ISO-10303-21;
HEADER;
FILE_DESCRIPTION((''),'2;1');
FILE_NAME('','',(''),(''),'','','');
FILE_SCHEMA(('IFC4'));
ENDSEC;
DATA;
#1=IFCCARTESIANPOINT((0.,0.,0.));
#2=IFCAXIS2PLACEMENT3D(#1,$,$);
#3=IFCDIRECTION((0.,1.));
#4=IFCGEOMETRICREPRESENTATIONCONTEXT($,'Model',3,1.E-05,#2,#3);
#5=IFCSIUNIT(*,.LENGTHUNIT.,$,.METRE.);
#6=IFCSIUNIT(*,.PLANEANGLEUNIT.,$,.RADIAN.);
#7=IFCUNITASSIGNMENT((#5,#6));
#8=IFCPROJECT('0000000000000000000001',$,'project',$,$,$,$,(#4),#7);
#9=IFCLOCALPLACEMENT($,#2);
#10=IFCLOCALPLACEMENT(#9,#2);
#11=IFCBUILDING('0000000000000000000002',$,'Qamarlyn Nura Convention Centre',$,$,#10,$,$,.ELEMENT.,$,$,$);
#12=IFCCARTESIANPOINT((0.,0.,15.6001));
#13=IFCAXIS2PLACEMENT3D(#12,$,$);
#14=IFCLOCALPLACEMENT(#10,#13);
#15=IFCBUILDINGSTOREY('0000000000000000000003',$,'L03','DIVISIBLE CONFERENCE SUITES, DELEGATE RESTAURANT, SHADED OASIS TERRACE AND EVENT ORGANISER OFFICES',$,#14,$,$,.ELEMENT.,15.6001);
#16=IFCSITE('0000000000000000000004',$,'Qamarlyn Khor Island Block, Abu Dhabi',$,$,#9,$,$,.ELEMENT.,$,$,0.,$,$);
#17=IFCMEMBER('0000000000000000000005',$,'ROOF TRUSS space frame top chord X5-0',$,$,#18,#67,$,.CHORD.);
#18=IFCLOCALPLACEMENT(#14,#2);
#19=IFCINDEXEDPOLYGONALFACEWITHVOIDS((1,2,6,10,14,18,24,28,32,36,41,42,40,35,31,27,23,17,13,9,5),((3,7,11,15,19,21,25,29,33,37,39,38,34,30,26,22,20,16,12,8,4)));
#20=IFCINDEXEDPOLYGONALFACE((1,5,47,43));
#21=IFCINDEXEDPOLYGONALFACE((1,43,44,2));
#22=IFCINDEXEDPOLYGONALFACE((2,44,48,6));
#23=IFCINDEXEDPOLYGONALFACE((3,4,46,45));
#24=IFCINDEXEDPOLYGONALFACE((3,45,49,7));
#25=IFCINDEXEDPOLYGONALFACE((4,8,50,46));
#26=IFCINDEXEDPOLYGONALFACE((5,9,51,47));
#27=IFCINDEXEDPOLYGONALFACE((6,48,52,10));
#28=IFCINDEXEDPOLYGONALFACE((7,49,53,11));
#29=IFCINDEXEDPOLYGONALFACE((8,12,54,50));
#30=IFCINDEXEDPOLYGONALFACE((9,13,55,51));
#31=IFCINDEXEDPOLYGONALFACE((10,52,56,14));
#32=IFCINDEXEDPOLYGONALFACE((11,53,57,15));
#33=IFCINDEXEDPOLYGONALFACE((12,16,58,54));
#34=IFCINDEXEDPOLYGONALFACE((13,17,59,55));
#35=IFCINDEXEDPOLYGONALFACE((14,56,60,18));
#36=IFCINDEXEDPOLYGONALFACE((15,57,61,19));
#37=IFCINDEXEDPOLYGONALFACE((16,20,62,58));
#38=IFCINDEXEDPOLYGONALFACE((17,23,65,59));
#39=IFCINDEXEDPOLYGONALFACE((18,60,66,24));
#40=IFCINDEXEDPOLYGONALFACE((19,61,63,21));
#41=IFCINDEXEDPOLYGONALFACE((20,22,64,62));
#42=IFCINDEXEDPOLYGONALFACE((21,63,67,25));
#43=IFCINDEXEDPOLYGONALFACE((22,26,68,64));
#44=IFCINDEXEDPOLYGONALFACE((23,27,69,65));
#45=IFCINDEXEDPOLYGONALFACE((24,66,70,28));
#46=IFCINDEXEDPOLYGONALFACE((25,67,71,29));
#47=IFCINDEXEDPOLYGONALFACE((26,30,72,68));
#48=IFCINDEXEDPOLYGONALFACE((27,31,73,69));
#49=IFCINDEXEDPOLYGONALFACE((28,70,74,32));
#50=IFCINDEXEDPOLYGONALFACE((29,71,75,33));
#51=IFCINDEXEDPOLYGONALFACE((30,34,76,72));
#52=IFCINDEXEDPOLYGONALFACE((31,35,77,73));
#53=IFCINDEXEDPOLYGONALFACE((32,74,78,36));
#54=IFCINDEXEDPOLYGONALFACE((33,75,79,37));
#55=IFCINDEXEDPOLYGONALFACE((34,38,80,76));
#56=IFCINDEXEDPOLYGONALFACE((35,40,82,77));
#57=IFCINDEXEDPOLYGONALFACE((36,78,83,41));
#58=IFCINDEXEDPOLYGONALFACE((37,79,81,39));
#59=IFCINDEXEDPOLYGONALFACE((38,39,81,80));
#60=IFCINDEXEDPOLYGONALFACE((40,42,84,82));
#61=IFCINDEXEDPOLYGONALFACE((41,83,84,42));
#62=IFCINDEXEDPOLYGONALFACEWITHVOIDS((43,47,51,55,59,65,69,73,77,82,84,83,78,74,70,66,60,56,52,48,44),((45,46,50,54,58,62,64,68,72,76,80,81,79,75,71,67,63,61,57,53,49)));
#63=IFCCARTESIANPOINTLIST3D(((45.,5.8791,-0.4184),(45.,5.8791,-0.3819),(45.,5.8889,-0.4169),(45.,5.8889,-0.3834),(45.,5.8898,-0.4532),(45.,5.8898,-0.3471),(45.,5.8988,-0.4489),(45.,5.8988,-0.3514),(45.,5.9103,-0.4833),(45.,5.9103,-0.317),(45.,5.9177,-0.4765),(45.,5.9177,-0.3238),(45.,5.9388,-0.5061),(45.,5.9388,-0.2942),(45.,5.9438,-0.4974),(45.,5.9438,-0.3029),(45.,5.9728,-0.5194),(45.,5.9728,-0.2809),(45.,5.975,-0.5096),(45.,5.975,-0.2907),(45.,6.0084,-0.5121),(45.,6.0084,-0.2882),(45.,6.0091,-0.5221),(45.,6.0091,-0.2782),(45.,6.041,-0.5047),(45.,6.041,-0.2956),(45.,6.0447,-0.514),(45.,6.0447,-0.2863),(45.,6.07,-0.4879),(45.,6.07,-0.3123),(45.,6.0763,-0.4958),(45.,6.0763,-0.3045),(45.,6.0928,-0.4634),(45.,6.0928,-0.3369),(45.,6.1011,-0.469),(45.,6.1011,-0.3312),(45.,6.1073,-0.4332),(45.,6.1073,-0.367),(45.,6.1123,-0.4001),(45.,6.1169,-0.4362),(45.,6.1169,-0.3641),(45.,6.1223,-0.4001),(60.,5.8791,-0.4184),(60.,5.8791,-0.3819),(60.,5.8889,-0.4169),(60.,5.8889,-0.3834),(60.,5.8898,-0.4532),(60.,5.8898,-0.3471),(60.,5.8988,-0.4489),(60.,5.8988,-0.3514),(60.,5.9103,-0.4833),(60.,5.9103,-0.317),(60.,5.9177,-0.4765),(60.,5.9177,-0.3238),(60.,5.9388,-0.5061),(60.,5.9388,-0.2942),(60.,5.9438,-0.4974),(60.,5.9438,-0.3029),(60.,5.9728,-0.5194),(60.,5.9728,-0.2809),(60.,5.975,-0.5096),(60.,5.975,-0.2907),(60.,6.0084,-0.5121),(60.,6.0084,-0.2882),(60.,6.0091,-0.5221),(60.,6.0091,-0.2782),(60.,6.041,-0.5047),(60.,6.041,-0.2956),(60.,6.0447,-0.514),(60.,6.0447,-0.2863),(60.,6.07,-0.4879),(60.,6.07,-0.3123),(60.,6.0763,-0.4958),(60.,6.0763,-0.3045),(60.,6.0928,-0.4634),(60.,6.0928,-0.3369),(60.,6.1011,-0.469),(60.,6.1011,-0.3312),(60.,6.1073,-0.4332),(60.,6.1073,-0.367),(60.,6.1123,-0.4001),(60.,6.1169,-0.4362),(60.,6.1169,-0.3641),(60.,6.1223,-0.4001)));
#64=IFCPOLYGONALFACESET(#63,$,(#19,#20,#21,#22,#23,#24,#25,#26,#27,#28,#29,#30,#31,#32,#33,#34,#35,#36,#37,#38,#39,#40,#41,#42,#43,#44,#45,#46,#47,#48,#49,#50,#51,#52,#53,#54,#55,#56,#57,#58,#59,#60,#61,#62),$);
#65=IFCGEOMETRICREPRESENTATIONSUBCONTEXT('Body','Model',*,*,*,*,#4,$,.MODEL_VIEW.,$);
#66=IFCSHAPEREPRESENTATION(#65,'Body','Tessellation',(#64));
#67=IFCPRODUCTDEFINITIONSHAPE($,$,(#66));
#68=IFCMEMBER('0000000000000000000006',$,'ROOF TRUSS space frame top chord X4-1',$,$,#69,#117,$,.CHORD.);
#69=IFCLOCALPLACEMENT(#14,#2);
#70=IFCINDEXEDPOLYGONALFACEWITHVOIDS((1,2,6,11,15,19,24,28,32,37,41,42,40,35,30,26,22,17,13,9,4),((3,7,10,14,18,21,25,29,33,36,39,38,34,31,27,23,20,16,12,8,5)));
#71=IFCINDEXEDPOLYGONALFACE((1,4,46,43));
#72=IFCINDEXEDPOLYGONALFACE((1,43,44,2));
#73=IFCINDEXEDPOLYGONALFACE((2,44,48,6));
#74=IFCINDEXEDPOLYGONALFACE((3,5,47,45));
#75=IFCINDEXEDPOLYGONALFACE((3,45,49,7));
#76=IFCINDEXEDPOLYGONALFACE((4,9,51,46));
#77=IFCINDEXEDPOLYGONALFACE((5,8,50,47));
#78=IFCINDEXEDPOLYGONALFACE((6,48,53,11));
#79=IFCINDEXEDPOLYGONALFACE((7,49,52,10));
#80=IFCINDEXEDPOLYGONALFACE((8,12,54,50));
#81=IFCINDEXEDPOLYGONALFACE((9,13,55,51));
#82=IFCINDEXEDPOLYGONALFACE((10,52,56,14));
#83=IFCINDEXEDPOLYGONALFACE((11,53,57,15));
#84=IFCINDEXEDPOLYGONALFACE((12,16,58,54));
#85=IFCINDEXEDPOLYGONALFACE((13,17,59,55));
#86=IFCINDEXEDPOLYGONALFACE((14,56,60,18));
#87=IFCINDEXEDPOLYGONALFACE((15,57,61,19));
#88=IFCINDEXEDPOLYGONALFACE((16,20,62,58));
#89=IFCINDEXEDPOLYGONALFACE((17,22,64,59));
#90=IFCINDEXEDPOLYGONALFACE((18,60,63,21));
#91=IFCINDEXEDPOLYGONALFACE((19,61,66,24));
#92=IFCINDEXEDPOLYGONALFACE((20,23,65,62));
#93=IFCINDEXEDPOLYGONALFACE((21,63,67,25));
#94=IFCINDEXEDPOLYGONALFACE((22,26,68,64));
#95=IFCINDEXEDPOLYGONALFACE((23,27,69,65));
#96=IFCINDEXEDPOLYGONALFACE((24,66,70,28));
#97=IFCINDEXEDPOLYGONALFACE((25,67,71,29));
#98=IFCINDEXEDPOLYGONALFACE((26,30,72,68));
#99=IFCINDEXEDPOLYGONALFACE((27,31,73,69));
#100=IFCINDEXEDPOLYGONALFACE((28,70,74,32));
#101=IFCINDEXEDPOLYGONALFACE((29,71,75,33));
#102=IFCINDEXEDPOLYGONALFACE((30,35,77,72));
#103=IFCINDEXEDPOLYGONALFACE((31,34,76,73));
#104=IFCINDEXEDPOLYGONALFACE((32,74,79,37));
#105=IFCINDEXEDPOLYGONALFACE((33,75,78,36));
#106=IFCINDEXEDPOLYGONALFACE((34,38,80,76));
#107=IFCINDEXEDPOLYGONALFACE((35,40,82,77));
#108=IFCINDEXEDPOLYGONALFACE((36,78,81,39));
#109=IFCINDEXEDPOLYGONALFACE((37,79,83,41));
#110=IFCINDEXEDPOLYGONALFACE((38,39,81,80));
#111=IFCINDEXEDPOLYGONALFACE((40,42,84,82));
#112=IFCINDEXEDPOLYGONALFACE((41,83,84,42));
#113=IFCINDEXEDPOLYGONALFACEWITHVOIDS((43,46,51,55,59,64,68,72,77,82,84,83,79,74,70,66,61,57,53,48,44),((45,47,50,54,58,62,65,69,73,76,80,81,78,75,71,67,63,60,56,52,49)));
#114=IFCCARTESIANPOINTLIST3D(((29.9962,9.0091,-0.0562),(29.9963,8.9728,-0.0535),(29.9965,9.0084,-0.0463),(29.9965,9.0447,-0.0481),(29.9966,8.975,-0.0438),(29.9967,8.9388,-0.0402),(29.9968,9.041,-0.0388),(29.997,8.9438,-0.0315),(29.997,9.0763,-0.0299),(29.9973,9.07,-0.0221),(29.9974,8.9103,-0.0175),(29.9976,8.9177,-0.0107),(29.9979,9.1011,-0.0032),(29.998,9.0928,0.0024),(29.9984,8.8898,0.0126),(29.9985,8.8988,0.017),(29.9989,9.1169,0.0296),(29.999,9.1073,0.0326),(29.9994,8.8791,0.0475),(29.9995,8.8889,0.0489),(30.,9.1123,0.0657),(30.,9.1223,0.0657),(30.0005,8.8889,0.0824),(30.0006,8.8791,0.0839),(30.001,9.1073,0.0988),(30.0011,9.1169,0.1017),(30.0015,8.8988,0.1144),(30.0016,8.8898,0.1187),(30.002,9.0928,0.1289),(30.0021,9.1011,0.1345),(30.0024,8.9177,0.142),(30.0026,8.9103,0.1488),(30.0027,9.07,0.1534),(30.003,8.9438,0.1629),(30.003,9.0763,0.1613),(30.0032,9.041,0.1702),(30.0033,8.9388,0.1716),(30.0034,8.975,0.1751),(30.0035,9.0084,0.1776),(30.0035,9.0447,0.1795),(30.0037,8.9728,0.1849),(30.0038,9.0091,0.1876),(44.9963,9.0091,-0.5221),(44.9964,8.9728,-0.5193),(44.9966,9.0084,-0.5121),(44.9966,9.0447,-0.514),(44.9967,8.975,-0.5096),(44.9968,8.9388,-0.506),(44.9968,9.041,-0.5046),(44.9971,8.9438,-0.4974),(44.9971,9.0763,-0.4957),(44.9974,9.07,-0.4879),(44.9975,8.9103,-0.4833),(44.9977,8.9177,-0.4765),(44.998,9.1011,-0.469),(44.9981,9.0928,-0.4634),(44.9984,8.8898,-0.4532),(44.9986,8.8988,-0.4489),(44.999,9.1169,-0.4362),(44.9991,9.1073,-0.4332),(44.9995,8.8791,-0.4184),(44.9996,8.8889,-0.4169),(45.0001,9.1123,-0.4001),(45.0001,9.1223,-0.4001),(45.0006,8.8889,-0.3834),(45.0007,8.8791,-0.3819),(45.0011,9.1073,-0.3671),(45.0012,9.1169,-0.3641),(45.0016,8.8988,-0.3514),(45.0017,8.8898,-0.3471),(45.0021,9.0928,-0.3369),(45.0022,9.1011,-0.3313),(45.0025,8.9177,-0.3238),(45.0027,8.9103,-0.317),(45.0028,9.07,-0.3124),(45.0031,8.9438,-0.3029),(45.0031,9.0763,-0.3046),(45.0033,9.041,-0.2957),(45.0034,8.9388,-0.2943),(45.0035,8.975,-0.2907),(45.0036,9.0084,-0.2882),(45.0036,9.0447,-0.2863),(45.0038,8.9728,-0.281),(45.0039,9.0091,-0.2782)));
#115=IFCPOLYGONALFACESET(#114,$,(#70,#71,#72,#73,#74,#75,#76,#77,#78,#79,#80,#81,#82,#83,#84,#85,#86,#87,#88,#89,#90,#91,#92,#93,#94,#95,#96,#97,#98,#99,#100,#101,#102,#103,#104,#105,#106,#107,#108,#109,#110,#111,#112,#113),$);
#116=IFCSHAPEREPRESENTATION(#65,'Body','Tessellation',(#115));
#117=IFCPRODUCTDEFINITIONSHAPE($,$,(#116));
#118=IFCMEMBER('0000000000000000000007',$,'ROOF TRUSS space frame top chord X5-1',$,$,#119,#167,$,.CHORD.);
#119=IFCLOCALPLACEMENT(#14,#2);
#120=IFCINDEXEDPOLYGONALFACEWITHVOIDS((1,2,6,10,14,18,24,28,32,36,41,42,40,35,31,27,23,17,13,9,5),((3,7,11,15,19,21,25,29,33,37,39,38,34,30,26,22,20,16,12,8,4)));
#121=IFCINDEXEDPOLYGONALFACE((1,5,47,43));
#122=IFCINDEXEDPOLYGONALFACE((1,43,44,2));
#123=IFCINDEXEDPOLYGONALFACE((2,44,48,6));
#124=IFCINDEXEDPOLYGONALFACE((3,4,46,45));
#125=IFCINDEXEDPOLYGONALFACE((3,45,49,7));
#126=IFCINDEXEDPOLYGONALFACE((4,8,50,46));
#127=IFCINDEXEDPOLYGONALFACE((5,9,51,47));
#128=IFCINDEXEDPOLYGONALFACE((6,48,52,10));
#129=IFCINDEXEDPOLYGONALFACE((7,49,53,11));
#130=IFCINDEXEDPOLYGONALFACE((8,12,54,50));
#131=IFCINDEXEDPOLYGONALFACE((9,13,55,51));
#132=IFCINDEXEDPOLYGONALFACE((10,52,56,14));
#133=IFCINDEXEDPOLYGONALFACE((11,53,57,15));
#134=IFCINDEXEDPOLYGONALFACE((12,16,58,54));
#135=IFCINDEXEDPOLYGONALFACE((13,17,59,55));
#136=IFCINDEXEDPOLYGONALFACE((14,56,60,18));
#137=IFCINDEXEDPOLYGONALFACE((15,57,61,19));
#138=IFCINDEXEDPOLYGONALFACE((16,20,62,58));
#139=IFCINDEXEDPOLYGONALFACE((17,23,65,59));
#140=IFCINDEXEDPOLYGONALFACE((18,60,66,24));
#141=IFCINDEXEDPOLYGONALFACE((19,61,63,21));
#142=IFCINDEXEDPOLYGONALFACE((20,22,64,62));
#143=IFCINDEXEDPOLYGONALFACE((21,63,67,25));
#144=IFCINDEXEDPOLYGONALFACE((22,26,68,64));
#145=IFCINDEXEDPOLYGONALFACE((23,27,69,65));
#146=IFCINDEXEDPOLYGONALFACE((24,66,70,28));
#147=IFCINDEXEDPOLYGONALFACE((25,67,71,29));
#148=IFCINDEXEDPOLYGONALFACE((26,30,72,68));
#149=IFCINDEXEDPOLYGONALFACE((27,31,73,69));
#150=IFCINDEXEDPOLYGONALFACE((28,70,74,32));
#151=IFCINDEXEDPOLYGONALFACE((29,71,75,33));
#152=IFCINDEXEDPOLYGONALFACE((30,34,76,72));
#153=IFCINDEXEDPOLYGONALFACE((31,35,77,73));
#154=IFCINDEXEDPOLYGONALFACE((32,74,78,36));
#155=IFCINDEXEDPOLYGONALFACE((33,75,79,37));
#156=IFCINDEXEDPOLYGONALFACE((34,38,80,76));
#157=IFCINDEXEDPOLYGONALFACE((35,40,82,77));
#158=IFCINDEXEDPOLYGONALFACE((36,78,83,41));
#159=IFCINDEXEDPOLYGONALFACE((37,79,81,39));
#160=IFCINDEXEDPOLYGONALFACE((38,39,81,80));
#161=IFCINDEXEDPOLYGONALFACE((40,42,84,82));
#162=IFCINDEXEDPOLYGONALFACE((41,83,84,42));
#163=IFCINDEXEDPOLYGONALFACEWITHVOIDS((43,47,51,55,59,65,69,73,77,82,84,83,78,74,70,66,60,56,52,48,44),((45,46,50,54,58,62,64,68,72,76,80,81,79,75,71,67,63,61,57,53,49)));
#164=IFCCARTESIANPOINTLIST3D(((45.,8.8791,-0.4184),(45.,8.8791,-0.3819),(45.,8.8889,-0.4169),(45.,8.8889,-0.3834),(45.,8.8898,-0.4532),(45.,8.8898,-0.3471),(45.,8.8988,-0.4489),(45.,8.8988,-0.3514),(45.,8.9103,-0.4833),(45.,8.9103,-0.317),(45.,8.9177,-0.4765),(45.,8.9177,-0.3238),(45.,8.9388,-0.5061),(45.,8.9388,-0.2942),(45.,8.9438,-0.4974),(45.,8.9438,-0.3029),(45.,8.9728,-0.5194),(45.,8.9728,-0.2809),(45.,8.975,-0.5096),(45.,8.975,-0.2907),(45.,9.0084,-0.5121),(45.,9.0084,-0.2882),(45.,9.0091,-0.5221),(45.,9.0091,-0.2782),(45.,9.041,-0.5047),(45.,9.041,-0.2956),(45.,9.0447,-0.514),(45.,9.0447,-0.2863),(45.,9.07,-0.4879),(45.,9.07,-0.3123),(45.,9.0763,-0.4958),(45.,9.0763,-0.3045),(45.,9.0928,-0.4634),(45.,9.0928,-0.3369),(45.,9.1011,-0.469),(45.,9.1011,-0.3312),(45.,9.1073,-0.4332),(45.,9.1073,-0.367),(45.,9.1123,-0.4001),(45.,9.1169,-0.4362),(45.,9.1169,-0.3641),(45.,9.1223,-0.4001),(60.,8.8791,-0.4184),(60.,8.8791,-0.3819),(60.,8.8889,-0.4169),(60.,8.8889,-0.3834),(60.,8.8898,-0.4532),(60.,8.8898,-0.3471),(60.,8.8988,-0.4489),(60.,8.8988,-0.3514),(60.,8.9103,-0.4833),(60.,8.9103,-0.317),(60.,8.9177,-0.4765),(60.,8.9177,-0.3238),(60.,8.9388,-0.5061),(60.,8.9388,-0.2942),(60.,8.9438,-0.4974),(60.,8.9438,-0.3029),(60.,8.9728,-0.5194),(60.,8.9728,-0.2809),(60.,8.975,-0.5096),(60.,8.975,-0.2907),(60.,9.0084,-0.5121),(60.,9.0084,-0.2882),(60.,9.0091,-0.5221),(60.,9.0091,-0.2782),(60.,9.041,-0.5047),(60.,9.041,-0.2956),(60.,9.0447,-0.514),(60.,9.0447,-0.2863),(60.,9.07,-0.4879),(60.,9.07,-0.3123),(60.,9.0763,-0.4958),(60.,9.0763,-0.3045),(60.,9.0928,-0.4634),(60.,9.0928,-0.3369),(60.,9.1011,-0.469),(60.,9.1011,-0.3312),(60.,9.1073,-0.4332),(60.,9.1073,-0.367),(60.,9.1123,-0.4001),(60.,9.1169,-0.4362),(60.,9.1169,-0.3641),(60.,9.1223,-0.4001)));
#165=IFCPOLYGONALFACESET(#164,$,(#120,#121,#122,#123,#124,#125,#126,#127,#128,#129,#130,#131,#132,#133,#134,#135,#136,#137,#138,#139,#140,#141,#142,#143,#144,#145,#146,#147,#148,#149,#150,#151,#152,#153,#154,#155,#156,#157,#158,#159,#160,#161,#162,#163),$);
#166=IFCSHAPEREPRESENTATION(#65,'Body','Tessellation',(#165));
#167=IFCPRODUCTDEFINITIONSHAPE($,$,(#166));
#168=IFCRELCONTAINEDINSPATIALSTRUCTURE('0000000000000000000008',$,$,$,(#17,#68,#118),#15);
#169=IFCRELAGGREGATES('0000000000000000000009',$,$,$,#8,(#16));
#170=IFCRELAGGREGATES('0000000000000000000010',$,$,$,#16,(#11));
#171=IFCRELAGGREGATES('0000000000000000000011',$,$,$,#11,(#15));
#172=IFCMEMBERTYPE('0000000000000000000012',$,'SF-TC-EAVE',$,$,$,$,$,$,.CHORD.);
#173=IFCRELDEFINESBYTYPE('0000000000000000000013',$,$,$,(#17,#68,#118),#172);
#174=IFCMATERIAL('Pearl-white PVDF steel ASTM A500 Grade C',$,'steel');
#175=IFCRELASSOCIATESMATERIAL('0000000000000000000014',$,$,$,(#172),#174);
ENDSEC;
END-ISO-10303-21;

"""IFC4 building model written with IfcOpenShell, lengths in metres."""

from ifc_helpers import new_model, si_unit, direction, frame, origin, origin_2d, place, context, subcontext, project, spatial, hollow_circle, extrude, material, material_profile, profile_set, type_object, element, save


model = new_model("IFC4")

# Units and contexts
model_context = context("Model", 3, precision=1e-05, world=origin(), true_north=direction((0.0, 1.0)))
body_context = subcontext(model_context, "Body", "Model", "MODEL_VIEW")
ifc_project = project(units=[si_unit("LENGTHUNIT", "METRE"), si_unit("PLANEANGLEUNIT", "RADIAN")], contexts=[model_context])

# Site, building, storey
site_placement = place(None, origin())
site = spatial("IfcSite", under=ifc_project, at=site_placement, Name="Qamarlyn Khor Island Block, Abu Dhabi", CompositionType="ELEMENT", RefElevation=0.0)
building_placement = place(site_placement, origin())
building = spatial("IfcBuilding", under=site, at=building_placement, Name="Qamarlyn Nura Convention Centre", CompositionType="ELEMENT")
storey_placement = place(building_placement, frame((0.0, 0.0, 15.6001)))
storey = spatial("IfcBuildingStorey", under=building, at=storey_placement, Name="L03", Description="DIVISIBLE CONFERENCE SUITES, DELEGATE RESTAURANT, SHADED OASIS TERRACE AND EVENT ORGANISER OFFICES", CompositionType="ELEMENT", Elevation=15.6001)

# Members
ifc_material_1 = material(Name="Pearl-white PVDF steel ASTM A500 Grade C", Category="steel")
ifc_material_profile_1 = material_profile(ifc_material_1, hollow_circle(Radius=0.1223, WallThickness=0.01, at=origin_2d()), Name="CHS244.5X10")
ifc_profile_set_1 = profile_set([ifc_material_profile_1], Name="Pearl-white PVDF steel ASTM A500 Grade C")
member_type_1 = type_object("IfcMemberType", Name="SF-TC-EAVE", PredefinedType="CHORD", material=ifc_profile_set_1)
member_1_placement = place(storey_placement, frame((45.0, 6.0, -0.4001), z_axis=(1.0, 0.0, 0.0), x_axis=(0.0, 1.0, 0.0)))
element("IfcMember", 1, at=member_1_placement, inside=storey, type_object=member_type_1, Name="ROOF TRUSS space frame top chord X5-0", PredefinedType="CHORD", context=body_context, shape_type="SweptSolid", body=[
    extrude(hollow_circle(Radius=0.1223, WallThickness=0.01, at=origin_2d()), origin(), (0.0, 0.0, 1.0), 15.0),
])
member_2_placement = place(storey_placement, frame((30.0, 9.0, 0.0657), z_axis=(0.999518, 0.0, -0.03104), x_axis=(0.0, 1.0, 0.0)))
element("IfcMember", 2, at=member_2_placement, inside=storey, type_object=member_type_1, Name="ROOF TRUSS space frame top chord X4-1", PredefinedType="CHORD", context=body_context, shape_type="SweptSolid", body=[
    extrude(hollow_circle(Radius=0.1223, WallThickness=0.01, at=origin_2d()), origin(), (0.0, 0.0, 1.0), 15.0073),
])
member_3_placement = place(storey_placement, frame((45.0, 9.0, -0.4001), z_axis=(1.0, 0.0, 0.0), x_axis=(0.0, 1.0, 0.0)))
element("IfcMember", 3, at=member_3_placement, inside=storey, type_object=member_type_1, Name="ROOF TRUSS space frame top chord X5-1", PredefinedType="CHORD", context=body_context, shape_type="SweptSolid", body=[
    extrude(hollow_circle(Radius=0.1223, WallThickness=0.01, at=origin_2d()), origin(), (0.0, 0.0, 1.0), 15.0),
])

save(model, "model.ifc")
